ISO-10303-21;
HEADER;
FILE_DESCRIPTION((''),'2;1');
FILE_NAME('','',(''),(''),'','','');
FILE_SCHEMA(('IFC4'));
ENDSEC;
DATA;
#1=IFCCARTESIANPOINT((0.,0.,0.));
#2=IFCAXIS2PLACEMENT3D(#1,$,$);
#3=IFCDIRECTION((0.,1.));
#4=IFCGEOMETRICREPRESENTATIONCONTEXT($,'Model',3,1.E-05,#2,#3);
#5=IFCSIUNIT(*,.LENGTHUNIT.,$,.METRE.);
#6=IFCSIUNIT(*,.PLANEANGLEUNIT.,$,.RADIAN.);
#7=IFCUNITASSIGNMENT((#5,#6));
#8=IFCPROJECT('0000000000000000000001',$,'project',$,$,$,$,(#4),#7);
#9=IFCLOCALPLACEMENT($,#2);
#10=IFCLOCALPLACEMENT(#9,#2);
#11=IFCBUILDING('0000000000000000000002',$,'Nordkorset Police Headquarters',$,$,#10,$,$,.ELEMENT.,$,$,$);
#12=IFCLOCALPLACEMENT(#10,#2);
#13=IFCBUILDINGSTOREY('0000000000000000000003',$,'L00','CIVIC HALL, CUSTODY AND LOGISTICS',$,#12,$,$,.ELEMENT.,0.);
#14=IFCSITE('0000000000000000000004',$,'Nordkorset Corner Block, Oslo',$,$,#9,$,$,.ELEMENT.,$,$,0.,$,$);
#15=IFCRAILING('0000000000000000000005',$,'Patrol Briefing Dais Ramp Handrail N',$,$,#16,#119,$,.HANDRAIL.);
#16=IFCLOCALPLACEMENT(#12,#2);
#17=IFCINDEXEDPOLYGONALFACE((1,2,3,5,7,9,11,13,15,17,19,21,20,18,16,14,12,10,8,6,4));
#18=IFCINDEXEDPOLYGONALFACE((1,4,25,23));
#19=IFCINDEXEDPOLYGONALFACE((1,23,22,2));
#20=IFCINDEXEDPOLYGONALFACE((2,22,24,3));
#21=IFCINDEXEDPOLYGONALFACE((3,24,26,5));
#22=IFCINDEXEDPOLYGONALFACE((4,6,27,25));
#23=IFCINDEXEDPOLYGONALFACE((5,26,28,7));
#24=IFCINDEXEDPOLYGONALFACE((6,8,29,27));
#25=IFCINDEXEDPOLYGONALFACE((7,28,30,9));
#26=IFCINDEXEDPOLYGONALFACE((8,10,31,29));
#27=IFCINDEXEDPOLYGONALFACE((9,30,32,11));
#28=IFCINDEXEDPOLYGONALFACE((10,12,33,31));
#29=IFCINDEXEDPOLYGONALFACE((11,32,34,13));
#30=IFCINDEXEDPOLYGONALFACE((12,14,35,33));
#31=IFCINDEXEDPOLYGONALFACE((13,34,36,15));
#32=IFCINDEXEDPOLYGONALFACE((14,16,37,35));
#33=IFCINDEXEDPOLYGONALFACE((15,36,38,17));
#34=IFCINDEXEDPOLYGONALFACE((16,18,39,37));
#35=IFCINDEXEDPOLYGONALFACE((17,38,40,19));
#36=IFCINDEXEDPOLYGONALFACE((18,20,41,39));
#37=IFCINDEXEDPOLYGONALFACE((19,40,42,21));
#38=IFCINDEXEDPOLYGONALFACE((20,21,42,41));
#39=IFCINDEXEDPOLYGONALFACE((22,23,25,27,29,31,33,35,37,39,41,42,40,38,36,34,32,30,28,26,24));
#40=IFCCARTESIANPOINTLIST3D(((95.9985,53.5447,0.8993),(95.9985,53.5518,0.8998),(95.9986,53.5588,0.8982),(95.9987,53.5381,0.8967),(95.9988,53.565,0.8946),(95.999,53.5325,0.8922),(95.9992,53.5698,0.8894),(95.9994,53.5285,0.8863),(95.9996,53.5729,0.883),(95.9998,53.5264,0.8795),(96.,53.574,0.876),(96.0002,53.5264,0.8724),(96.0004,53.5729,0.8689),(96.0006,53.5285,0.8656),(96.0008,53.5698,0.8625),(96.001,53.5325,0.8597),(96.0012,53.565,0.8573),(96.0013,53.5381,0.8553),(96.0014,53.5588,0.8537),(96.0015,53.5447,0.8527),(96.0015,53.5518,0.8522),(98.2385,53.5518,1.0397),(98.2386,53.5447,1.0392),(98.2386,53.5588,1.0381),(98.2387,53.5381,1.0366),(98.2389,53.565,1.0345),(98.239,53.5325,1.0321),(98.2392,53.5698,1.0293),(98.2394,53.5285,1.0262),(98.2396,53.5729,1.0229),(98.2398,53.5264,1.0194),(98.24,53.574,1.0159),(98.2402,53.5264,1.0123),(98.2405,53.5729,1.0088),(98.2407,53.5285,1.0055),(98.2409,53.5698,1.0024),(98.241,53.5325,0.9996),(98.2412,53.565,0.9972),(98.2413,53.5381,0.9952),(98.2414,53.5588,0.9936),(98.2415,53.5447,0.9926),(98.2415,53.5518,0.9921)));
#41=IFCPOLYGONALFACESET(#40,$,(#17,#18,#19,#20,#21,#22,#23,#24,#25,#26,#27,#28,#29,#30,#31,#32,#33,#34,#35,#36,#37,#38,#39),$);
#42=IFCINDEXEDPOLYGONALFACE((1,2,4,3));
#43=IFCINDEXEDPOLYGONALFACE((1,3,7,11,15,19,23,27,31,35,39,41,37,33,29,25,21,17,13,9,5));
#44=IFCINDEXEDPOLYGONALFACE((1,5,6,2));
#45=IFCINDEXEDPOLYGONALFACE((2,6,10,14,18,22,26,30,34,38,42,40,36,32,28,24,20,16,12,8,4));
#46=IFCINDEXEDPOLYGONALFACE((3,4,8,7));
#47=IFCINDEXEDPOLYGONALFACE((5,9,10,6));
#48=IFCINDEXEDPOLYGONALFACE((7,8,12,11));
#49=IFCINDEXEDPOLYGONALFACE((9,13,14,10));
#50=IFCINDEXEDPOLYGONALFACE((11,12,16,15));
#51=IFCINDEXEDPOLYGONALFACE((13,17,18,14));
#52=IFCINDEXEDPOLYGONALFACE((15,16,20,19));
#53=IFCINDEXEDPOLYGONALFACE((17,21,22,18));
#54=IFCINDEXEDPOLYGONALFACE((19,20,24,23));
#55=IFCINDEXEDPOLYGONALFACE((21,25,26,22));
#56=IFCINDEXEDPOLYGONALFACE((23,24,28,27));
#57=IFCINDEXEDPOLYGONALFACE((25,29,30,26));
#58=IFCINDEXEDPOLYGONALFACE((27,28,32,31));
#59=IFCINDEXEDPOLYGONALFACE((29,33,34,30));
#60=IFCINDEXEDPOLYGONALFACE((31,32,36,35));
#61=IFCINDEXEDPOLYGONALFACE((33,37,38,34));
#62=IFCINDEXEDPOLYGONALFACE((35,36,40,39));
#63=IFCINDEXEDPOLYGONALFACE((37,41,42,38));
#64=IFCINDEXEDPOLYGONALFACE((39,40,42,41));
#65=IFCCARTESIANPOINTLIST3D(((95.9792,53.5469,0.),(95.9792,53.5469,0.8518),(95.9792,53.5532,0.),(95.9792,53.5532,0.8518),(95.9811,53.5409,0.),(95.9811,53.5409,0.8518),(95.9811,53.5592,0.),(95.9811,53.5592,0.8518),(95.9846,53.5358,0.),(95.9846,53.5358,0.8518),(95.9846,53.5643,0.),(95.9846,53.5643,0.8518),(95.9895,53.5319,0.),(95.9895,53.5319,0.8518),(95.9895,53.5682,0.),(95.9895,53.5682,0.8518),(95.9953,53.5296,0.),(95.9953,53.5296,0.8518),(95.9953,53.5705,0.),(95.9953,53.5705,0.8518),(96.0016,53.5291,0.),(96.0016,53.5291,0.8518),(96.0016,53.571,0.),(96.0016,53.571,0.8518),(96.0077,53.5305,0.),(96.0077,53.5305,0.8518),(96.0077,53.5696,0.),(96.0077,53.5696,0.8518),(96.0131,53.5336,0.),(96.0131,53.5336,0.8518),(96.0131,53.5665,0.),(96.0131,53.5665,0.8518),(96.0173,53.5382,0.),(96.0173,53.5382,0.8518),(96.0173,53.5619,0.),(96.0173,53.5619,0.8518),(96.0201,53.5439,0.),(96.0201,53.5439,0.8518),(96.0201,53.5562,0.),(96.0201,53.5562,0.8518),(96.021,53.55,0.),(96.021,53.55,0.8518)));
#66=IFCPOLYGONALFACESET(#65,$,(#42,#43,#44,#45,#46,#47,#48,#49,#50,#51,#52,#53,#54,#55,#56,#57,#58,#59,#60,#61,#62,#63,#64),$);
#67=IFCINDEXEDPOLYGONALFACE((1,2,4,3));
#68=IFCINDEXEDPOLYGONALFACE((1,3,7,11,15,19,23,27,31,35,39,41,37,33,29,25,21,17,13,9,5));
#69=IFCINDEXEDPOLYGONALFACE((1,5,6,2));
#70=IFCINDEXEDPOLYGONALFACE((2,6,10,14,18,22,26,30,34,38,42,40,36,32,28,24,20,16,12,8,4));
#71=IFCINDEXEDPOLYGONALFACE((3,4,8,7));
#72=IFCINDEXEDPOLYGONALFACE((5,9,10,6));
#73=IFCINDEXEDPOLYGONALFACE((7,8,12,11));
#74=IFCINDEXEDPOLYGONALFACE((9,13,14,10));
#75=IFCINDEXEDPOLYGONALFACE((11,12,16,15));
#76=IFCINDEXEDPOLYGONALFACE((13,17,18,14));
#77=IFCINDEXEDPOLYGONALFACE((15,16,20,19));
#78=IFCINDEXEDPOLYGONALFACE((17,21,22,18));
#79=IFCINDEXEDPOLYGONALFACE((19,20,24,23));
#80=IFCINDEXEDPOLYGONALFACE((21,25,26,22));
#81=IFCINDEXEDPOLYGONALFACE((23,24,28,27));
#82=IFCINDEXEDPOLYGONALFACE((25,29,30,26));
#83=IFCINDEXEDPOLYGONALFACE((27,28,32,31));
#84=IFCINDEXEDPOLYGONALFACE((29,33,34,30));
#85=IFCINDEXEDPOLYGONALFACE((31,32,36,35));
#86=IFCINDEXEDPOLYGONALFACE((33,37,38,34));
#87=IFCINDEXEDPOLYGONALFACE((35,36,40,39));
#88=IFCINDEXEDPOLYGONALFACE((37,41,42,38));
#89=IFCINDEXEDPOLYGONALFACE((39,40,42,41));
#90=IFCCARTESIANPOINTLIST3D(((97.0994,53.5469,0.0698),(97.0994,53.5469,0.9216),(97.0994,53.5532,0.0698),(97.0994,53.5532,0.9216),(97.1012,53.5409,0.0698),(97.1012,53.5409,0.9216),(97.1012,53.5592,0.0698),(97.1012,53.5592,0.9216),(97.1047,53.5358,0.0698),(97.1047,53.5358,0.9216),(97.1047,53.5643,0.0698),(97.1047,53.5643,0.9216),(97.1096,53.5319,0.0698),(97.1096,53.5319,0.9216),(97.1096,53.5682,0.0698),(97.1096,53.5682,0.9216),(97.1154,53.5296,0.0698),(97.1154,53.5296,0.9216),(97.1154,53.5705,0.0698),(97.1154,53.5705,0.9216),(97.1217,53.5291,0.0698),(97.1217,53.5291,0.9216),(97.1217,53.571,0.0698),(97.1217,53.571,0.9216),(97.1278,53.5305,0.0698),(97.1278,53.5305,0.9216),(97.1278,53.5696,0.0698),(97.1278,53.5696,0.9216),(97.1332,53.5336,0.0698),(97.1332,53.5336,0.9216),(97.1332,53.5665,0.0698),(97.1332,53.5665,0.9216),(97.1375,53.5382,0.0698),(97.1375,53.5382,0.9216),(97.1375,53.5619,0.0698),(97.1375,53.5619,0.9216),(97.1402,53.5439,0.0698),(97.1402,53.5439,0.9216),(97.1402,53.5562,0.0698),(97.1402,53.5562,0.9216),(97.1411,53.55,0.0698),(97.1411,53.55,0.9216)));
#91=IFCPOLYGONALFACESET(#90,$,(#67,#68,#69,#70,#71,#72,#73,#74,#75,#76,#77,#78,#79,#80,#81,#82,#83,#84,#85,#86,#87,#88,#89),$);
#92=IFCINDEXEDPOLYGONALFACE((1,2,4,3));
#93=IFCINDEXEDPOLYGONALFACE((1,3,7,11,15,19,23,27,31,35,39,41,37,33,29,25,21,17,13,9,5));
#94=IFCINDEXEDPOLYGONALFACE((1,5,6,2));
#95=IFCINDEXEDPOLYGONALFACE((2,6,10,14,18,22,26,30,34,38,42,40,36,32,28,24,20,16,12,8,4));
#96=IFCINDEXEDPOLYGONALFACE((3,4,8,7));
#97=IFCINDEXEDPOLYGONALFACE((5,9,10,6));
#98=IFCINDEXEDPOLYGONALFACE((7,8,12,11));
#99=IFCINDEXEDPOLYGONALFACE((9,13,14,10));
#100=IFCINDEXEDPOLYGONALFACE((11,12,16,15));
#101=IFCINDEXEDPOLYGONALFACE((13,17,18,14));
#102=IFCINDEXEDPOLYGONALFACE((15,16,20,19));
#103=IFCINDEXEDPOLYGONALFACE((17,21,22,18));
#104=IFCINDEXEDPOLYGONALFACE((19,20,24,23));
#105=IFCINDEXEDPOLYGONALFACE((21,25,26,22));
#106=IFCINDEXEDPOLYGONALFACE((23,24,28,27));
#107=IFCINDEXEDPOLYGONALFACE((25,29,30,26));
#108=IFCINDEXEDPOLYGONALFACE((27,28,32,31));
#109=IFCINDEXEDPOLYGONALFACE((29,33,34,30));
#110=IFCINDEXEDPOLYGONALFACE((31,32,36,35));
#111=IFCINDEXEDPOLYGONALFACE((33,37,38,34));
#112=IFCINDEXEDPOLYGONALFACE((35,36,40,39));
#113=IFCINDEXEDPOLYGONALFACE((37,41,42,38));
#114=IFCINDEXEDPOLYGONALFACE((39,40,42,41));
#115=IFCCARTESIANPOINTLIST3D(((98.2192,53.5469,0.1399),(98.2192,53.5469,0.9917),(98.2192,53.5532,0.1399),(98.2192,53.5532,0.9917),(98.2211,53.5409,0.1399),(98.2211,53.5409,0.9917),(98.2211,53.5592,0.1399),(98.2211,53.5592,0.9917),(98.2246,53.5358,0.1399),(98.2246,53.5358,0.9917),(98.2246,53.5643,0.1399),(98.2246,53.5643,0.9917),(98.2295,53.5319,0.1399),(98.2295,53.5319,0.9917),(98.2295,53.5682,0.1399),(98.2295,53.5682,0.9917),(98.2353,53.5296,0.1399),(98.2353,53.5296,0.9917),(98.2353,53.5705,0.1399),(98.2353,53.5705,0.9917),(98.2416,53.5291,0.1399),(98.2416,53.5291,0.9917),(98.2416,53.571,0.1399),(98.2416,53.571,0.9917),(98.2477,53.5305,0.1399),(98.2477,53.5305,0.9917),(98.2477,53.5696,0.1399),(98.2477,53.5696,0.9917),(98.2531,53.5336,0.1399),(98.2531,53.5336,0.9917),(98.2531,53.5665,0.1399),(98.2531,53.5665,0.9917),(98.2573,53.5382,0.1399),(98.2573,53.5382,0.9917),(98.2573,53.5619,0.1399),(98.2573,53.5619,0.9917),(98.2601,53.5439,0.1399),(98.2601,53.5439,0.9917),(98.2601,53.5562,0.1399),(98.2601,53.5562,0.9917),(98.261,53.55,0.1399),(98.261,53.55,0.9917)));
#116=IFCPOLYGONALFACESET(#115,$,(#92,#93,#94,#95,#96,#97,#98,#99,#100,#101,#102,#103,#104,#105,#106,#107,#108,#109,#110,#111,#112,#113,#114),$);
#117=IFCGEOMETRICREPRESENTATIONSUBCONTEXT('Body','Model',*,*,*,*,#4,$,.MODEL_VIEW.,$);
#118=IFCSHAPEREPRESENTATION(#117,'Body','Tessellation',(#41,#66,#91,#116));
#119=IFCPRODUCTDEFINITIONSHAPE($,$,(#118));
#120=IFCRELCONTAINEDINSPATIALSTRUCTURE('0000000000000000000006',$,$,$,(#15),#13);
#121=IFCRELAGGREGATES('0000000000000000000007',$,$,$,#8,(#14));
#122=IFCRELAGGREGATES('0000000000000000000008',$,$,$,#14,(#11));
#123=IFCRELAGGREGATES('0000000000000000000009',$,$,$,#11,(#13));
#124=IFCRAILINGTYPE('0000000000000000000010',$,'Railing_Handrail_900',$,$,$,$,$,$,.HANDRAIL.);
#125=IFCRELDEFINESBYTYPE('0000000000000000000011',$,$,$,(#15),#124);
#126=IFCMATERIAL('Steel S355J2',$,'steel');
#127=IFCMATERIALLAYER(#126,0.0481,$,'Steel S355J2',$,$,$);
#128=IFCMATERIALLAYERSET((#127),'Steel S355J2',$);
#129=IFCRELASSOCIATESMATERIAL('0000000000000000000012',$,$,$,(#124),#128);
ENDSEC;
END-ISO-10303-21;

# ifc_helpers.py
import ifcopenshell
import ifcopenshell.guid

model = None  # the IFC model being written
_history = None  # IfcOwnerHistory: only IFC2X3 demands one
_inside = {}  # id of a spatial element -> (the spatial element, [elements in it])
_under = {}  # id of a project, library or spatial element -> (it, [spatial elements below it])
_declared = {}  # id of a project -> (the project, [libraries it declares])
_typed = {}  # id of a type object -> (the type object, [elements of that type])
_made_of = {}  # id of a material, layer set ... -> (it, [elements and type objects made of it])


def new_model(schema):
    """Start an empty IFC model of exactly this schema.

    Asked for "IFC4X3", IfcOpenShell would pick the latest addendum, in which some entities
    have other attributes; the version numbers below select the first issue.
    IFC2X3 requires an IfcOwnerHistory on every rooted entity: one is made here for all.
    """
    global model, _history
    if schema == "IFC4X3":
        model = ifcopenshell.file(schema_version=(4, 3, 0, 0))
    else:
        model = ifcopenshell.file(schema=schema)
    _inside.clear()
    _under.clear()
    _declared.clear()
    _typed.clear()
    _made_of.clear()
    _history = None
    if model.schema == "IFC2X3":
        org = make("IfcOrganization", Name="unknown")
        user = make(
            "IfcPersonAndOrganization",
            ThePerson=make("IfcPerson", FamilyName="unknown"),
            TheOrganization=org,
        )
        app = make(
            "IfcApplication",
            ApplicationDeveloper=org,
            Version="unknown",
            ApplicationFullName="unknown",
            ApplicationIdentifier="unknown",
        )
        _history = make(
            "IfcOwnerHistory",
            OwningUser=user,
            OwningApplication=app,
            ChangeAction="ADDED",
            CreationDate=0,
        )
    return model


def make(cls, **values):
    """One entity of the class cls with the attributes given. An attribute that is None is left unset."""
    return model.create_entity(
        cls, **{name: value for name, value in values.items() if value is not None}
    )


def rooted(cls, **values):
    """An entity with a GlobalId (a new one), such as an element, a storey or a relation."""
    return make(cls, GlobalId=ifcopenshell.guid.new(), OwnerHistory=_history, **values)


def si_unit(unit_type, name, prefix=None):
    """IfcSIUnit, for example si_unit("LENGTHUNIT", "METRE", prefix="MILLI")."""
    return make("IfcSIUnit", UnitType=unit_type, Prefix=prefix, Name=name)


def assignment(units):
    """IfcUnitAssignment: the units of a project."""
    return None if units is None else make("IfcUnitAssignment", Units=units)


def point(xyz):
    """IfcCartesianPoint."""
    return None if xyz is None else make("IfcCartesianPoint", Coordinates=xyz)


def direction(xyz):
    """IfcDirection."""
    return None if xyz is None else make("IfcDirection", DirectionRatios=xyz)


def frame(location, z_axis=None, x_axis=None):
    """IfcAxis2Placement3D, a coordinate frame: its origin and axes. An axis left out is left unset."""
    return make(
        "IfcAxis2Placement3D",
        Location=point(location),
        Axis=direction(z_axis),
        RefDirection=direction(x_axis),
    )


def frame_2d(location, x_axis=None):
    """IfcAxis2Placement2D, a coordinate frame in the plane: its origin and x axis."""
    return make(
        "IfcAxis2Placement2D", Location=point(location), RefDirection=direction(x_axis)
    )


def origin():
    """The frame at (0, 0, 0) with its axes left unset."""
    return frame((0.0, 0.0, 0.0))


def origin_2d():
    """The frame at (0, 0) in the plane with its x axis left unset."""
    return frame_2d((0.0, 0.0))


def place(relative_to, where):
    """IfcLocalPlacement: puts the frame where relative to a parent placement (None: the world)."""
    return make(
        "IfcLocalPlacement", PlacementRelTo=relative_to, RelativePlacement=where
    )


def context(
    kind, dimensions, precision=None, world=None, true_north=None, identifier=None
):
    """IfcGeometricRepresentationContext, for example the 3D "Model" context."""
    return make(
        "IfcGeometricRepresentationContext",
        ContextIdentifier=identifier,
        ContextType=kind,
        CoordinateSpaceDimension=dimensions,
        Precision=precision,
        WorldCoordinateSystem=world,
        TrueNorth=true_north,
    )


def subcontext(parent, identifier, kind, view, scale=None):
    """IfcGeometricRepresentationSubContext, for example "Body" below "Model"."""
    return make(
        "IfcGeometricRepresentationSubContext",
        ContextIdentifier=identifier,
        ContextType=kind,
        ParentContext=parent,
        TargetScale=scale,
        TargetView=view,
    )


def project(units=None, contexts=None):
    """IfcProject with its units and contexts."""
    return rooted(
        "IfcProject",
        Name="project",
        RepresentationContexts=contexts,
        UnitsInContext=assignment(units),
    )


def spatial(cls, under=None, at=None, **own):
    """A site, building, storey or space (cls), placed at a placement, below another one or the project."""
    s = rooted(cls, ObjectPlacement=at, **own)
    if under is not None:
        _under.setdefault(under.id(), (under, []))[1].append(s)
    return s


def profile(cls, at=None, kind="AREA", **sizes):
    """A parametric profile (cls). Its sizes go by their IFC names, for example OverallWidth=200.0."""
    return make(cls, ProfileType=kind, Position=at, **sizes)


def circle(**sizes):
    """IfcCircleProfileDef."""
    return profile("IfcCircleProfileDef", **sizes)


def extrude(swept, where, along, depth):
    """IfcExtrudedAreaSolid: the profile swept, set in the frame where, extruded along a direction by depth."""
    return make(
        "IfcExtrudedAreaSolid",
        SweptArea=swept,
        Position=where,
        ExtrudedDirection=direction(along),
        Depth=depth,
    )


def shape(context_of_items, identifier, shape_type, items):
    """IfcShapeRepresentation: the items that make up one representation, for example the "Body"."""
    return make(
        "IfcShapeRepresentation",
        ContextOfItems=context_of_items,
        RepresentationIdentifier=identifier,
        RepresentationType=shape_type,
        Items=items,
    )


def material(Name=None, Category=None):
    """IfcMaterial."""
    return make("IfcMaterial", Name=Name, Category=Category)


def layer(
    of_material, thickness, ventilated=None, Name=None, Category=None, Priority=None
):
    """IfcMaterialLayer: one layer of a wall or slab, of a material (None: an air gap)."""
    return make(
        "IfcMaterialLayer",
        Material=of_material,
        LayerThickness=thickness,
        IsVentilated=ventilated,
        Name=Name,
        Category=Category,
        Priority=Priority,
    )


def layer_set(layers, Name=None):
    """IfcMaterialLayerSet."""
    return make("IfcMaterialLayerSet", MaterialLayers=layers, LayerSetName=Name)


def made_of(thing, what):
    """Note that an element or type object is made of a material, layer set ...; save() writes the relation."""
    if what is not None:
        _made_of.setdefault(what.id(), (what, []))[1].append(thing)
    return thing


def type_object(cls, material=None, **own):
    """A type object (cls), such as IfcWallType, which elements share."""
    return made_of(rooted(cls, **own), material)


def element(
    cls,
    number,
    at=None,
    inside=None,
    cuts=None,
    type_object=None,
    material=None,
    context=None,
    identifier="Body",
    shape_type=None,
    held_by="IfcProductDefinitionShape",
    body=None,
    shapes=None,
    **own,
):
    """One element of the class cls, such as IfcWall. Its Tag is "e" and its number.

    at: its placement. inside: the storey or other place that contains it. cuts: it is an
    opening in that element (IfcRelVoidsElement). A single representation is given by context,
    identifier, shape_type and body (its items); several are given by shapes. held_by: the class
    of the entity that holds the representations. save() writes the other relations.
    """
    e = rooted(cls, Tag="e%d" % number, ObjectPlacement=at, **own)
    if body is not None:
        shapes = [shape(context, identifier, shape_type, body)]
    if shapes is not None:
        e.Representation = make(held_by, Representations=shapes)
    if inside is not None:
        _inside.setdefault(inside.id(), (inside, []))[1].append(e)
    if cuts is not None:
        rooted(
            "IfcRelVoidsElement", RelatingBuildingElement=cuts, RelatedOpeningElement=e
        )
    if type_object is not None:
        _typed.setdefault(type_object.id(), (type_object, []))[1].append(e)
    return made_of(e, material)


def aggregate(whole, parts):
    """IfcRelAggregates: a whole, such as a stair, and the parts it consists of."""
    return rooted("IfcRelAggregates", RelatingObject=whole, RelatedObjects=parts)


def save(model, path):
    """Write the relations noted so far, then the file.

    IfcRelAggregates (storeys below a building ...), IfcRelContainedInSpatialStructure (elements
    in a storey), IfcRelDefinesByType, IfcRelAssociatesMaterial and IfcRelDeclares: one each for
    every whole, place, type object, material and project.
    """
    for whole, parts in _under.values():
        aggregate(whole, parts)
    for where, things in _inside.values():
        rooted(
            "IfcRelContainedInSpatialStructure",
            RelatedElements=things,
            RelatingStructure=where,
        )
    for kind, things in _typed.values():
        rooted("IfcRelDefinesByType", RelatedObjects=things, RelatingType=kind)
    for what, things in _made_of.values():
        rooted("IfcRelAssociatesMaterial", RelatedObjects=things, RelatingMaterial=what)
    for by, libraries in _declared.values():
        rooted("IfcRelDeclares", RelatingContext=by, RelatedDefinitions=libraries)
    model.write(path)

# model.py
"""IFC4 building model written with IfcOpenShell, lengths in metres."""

from ifc_helpers import new_model, si_unit, direction, frame, origin, origin_2d, place, context, subcontext, project, spatial, circle, extrude, material, layer, layer_set, type_object, element, save


model = new_model("IFC4")

# Units and contexts
model_context = context("Model", 3, precision=1e-05, world=origin(), true_north=direction((0.0, 1.0)))
body_context = subcontext(model_context, "Body", "Model", "MODEL_VIEW")
ifc_project = project(units=[si_unit("LENGTHUNIT", "METRE"), si_unit("PLANEANGLEUNIT", "RADIAN")], contexts=[model_context])

# Site, building, storey
site_placement = place(None, origin())
site = spatial("IfcSite", under=ifc_project, at=site_placement, Name="Nordkorset Corner Block, Oslo", CompositionType="ELEMENT", RefElevation=0.0)
building_placement = place(site_placement, origin())
building = spatial("IfcBuilding", under=site, at=building_placement, Name="Nordkorset Police Headquarters", CompositionType="ELEMENT")
storey_placement = place(building_placement, origin())
storey = spatial("IfcBuildingStorey", under=building, at=storey_placement, Name="L00", Description="CIVIC HALL, CUSTODY AND LOGISTICS", CompositionType="ELEMENT", Elevation=0.0)

# Railing
ifc_material_1 = material(Name="Steel S355J2", Category="steel")
ifc_layer_1 = layer(ifc_material_1, 0.0481, Name="Steel S355J2")
ifc_layer_set_1 = layer_set([ifc_layer_1], Name="Steel S355J2")
railing_type_1 = type_object("IfcRailingType", Name="Railing_Handrail_900", PredefinedType="HANDRAIL", material=ifc_layer_set_1)
for number, where, name in (
    (1, (96.0, 53.55, 0.0), "Patrol Briefing Dais Ramp Handrail N"),
):
    element("IfcRailing", number, at=place(storey_placement, frame(where)), inside=storey, type_object=railing_type_1, Name=name, PredefinedType="HANDRAIL", context=body_context, shape_type="SweptSolid", body=[
        extrude(circle(Radius=0.0239, at=origin_2d()), frame((0.0, 0.0, 0.876), z_axis=(0.998056, 0.0, 0.062331), x_axis=(0.0, 1.0, 0.0)), (0.0, 0.0, 1.0), 2.2444),
        extrude(circle(Radius=0.021, at=origin_2d()), origin(), (0.0, 0.0, 1.0), 0.8518),
        extrude(circle(Radius=0.021, at=origin_2d()), frame((1.1201, 0.0, 0.0698)), (0.0, 0.0, 1.0), 0.8518),
        extrude(circle(Radius=0.021, at=origin_2d()), frame((2.24, 0.0, 0.1399)), (0.0, 0.0, 1.0), 0.8518),
    ])

save(model, "model.ifc")
